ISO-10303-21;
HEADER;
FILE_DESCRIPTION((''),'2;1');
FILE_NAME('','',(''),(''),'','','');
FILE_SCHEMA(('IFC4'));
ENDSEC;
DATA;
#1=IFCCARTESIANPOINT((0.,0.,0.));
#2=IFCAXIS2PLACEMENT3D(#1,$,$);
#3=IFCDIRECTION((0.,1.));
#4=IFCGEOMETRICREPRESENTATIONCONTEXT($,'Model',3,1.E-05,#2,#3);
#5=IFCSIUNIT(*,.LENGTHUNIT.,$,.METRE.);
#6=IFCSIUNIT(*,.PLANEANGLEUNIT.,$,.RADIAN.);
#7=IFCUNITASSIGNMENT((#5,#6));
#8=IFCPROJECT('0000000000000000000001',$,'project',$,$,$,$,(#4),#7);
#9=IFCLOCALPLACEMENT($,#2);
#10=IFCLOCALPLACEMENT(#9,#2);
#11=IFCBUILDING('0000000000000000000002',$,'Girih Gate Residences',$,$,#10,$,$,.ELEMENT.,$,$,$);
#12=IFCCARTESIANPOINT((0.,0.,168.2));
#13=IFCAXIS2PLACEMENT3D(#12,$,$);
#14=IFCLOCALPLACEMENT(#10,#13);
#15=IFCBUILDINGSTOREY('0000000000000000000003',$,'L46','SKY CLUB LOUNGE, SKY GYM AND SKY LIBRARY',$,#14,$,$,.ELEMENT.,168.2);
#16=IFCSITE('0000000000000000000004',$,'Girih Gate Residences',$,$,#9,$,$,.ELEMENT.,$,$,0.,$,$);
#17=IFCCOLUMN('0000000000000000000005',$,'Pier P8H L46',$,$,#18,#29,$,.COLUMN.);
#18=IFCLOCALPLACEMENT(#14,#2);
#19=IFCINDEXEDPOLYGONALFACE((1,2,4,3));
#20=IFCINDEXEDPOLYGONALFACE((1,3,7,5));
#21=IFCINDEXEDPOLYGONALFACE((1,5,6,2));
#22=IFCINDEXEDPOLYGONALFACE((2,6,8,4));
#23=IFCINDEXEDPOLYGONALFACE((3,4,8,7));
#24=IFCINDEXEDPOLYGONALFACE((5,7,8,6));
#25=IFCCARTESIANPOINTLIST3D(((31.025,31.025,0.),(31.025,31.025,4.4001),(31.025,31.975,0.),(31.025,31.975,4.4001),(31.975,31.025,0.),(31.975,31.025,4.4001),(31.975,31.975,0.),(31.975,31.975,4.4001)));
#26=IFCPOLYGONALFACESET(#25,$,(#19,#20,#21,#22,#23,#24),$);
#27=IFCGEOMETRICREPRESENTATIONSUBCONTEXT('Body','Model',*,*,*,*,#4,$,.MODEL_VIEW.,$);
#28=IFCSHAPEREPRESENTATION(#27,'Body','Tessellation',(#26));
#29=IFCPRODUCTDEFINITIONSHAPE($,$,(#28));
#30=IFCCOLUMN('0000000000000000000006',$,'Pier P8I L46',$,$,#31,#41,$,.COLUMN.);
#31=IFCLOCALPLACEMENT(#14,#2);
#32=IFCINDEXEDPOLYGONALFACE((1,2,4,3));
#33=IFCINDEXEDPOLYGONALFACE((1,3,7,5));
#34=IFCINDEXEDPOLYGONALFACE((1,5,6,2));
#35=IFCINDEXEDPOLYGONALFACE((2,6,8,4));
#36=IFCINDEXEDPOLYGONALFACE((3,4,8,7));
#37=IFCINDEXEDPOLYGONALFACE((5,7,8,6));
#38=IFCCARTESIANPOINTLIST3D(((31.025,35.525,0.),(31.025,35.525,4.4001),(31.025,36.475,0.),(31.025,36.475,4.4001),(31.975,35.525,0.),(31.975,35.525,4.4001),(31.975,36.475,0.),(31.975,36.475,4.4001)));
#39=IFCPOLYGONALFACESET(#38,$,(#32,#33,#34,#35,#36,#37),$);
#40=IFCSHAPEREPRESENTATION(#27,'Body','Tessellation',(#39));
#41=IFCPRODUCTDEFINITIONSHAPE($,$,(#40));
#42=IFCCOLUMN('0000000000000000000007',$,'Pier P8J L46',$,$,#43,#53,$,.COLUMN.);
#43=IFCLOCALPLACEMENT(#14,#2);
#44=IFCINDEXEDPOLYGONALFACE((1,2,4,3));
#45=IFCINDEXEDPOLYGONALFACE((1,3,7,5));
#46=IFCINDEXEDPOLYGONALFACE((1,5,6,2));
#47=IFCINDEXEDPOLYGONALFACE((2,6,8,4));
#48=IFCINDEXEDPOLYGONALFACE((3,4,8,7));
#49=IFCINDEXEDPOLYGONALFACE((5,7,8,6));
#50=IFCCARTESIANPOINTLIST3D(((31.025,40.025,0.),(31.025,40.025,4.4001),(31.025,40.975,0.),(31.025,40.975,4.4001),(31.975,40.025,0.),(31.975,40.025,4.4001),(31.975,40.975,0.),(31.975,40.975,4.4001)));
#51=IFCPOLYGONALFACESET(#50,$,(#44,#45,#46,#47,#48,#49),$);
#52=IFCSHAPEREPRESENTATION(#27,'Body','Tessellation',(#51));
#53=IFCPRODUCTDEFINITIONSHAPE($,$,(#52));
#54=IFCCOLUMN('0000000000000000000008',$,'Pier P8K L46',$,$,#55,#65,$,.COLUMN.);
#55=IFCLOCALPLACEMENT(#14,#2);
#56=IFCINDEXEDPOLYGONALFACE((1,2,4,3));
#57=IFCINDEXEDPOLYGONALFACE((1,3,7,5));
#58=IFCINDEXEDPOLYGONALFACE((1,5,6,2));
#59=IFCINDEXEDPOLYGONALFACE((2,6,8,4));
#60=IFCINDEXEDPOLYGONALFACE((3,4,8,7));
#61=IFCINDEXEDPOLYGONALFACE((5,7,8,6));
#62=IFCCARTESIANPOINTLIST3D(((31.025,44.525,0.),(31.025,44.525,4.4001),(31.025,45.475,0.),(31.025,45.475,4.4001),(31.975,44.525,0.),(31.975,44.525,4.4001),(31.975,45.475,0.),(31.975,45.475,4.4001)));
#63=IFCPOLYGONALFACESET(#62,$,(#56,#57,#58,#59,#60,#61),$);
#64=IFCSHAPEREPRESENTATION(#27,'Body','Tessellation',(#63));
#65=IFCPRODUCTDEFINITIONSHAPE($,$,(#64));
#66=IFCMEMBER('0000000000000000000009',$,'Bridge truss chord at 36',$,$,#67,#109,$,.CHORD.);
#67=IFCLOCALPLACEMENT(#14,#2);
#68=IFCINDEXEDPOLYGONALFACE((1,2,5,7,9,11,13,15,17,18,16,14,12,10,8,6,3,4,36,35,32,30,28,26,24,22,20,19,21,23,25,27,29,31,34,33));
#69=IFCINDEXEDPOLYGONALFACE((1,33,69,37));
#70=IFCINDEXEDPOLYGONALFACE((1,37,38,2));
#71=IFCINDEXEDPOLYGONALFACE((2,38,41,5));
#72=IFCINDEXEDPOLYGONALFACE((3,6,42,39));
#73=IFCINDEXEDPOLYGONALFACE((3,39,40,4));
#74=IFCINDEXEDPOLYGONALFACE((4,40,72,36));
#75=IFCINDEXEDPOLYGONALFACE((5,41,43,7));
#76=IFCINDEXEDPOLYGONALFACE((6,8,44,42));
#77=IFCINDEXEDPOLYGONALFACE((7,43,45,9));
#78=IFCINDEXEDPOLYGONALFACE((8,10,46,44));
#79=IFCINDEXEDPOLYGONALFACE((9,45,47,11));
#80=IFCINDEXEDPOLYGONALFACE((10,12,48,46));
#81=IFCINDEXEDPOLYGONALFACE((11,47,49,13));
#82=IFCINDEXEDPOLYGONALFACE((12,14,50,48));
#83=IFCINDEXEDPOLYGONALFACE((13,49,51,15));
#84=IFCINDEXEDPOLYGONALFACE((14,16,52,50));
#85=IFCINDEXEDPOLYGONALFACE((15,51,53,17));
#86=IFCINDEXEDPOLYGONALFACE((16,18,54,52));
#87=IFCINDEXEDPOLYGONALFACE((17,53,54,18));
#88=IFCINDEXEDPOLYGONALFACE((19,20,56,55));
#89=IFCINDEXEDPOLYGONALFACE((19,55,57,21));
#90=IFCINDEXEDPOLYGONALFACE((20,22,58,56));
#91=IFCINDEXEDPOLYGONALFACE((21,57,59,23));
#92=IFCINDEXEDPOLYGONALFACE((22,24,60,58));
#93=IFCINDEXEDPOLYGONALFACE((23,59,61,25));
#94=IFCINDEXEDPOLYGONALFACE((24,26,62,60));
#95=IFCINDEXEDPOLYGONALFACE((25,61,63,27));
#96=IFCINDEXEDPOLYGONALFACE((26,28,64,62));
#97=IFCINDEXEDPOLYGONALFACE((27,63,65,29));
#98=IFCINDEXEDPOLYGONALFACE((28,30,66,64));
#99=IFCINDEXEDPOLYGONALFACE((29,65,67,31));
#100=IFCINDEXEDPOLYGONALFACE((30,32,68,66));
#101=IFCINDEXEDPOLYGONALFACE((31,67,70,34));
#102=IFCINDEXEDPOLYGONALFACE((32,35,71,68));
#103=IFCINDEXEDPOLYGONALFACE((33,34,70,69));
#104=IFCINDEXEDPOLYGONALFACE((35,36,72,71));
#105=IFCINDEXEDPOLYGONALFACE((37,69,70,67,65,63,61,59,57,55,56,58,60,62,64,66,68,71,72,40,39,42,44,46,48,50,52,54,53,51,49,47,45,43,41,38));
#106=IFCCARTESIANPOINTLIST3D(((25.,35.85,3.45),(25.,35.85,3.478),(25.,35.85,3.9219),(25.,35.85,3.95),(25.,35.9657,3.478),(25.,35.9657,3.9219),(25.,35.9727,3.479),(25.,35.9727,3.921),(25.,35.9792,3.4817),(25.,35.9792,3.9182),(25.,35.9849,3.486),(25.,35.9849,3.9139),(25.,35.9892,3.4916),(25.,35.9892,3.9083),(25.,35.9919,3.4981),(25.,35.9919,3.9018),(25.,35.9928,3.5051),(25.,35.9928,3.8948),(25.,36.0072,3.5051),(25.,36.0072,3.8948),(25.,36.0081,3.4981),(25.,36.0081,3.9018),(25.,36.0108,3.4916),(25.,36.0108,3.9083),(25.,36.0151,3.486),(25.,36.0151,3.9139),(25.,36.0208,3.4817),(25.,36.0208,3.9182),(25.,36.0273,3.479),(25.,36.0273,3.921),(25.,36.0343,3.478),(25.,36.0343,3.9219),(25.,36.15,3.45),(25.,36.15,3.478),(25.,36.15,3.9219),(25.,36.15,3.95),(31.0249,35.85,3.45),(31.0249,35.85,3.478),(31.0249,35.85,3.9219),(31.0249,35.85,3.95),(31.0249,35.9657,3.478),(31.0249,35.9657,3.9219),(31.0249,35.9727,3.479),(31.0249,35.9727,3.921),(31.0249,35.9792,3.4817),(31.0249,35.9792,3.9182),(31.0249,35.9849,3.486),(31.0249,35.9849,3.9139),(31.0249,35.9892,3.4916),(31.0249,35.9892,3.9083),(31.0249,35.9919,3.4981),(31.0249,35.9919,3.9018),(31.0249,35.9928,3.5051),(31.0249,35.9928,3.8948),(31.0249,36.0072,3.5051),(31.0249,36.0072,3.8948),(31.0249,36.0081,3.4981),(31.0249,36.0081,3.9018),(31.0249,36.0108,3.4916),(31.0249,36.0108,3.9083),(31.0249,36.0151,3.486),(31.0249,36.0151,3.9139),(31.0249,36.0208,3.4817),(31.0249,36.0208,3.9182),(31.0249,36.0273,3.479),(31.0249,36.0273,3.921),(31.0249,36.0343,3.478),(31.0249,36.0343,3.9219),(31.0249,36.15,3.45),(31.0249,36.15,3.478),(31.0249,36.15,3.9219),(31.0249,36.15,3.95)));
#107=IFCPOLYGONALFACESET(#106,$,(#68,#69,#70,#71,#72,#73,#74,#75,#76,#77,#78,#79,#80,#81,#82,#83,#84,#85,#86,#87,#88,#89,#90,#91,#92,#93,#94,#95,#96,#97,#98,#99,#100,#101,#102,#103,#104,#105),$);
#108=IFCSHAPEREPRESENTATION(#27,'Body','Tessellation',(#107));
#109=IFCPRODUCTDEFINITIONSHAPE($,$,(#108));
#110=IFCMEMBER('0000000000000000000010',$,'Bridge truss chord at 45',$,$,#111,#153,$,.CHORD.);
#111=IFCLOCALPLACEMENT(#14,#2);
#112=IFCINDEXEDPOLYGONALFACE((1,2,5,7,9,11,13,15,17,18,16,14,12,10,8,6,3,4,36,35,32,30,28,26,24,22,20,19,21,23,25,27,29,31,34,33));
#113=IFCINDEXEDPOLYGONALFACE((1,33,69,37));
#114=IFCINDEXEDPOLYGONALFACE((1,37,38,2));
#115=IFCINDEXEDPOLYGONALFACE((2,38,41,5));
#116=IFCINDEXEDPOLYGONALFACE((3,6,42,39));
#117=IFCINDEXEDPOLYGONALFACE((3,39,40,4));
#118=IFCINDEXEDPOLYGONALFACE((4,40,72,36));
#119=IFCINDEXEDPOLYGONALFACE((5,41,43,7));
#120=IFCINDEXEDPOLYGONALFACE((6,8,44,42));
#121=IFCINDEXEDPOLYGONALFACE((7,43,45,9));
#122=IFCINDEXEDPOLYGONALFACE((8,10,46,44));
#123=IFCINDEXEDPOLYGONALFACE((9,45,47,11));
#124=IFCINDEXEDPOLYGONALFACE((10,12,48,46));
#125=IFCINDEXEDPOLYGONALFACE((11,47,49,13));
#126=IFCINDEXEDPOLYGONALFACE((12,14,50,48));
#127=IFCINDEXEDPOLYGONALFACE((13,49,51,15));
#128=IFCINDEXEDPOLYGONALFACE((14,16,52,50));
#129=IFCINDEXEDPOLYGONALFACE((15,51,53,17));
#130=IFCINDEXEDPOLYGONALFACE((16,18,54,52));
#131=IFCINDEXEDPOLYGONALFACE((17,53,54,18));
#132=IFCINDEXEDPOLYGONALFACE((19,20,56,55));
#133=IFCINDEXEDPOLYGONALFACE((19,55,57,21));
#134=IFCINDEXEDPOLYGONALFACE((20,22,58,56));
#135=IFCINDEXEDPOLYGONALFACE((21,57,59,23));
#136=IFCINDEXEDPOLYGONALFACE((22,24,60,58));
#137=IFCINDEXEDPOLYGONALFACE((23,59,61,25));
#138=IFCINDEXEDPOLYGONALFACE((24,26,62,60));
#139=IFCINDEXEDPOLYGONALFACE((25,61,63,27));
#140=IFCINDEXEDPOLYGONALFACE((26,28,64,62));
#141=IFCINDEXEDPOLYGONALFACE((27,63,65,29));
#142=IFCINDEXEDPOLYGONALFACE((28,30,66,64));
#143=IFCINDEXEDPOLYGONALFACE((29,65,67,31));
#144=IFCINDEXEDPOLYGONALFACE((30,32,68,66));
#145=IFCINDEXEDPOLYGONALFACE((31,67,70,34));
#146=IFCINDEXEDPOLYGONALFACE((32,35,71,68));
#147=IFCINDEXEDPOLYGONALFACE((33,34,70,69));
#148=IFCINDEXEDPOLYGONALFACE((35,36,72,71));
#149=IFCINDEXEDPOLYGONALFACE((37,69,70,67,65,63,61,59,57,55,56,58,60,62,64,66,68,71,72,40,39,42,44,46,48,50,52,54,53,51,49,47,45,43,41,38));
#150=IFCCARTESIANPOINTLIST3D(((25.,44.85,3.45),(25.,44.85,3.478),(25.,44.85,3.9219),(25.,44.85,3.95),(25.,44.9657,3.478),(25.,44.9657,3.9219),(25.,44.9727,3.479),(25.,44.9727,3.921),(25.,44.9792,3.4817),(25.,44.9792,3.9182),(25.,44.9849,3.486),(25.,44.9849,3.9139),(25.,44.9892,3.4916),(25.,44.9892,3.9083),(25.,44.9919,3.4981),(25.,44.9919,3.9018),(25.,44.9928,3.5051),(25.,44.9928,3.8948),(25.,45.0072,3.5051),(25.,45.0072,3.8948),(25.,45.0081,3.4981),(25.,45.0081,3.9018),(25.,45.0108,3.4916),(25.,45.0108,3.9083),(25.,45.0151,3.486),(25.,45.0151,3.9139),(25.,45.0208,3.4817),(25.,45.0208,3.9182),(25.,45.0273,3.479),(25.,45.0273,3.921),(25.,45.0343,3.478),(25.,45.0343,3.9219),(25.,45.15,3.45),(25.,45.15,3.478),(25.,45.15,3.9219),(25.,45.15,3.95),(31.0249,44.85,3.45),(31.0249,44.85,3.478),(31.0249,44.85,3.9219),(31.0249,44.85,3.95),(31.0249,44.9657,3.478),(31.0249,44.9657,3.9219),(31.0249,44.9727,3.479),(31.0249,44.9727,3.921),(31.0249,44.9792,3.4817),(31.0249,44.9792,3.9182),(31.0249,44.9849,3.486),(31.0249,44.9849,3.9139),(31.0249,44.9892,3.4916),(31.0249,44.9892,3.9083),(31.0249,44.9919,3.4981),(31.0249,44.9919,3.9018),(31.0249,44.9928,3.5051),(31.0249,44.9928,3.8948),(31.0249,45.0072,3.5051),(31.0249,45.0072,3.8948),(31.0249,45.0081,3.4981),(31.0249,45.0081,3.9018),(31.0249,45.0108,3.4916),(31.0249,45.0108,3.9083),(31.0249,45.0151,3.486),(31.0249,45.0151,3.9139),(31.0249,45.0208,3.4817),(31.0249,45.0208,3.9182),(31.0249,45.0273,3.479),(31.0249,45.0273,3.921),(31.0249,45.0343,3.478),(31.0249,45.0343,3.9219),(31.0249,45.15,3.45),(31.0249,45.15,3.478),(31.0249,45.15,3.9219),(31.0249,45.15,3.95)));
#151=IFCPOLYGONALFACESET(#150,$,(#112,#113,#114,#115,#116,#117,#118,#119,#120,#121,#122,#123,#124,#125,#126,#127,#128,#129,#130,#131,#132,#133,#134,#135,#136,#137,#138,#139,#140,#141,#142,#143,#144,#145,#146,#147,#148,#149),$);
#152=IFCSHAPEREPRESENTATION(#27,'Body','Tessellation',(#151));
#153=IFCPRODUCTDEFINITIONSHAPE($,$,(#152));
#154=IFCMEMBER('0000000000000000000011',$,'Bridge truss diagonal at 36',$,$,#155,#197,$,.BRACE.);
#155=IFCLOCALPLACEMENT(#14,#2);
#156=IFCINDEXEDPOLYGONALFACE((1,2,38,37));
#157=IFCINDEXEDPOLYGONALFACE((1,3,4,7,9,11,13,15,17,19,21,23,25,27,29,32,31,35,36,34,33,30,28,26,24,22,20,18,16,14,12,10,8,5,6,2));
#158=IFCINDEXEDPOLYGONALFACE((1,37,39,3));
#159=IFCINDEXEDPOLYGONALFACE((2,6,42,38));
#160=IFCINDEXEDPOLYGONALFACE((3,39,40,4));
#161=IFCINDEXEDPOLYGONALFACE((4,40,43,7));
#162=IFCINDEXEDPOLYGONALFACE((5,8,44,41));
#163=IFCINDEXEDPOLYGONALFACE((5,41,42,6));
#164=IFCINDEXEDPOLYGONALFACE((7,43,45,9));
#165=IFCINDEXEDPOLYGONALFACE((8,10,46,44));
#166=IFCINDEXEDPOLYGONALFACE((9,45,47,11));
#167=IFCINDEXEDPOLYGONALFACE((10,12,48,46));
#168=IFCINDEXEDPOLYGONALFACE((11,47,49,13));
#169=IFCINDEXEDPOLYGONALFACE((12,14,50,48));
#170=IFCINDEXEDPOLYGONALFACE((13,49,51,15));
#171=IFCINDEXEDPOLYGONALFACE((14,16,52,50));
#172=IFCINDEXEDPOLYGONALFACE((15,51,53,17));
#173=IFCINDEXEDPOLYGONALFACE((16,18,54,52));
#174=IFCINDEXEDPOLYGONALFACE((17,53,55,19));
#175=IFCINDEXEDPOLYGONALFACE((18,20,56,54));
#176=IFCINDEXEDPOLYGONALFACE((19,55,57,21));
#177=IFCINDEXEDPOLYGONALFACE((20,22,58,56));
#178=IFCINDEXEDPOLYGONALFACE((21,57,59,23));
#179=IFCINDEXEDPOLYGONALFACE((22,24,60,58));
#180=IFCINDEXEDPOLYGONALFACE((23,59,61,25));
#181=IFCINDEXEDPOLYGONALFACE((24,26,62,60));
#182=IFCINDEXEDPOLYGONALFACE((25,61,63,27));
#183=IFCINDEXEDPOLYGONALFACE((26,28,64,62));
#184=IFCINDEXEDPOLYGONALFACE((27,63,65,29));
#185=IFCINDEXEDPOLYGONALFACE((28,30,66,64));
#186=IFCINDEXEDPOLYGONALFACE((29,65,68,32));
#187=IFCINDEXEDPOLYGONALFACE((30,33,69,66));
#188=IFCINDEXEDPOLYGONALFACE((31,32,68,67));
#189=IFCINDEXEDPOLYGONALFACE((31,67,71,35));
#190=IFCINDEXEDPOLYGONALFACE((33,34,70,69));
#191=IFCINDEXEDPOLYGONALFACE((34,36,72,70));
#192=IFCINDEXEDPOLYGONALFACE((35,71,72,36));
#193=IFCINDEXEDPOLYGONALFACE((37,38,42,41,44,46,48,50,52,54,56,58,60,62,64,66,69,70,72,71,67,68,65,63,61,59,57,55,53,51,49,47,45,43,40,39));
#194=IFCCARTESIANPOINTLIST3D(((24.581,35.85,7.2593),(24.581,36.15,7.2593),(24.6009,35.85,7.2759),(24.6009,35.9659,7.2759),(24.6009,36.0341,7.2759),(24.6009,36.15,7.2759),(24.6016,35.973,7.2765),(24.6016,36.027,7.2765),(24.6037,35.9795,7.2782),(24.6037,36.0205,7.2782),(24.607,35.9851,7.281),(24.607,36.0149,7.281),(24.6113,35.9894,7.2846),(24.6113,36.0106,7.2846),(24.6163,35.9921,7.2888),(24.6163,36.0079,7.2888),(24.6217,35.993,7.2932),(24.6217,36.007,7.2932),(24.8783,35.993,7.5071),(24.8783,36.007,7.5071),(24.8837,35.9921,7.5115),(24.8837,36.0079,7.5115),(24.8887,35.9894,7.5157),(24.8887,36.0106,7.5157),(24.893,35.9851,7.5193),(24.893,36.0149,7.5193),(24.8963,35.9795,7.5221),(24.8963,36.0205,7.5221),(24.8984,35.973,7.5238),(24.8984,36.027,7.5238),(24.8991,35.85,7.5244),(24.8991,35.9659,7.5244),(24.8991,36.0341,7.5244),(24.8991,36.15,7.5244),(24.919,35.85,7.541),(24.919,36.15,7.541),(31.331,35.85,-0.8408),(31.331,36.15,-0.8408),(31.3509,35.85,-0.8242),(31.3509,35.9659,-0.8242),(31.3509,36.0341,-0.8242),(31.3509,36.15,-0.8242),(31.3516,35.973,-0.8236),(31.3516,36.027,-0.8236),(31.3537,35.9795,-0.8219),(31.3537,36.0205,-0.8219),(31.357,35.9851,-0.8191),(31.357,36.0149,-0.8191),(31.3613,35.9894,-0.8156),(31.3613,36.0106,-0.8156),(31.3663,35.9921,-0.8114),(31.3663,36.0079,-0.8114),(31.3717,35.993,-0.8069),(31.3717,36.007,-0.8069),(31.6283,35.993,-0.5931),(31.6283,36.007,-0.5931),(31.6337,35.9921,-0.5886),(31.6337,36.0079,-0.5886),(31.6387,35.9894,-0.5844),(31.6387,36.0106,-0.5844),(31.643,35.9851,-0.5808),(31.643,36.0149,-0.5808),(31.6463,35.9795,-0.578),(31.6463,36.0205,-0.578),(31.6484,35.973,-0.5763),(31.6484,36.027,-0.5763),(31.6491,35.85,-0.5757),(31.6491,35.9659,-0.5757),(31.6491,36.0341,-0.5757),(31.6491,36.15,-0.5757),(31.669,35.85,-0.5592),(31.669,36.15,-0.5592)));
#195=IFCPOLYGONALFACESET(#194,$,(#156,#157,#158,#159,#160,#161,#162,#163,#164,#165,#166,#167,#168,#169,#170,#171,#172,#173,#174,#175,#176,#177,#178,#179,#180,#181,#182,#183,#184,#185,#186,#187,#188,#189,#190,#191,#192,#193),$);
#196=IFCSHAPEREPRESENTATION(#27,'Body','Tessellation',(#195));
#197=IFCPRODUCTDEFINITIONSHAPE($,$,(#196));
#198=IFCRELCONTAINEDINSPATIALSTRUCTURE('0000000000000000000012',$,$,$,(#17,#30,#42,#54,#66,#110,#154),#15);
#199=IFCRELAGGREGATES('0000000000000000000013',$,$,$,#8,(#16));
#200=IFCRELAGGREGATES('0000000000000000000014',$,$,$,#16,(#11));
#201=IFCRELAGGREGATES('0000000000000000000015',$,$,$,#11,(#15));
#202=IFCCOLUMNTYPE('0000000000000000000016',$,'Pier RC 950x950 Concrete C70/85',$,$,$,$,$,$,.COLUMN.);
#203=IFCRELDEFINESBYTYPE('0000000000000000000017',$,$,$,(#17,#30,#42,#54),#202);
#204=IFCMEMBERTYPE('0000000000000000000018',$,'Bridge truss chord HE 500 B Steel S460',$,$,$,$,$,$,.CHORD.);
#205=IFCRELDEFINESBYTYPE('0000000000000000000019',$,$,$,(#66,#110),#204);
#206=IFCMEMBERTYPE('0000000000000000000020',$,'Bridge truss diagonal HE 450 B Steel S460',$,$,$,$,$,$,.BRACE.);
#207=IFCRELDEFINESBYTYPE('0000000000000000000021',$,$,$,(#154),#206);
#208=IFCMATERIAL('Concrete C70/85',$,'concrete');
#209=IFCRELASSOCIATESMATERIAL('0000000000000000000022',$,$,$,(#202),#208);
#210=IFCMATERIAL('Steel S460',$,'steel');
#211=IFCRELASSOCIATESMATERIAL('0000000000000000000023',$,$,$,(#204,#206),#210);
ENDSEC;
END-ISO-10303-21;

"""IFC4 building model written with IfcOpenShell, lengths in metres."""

from ifc_helpers import new_model, si_unit, direction, frame, origin, origin_2d, place, context, subcontext, project, spatial, rectangle, i_section, extrude, material, material_profile, profile_set, type_object, element, save


model = new_model("IFC4")

# Units and contexts
model_context = context("Model", 3, precision=1e-05, world=origin(), true_north=direction((0.0, 1.0)))
body_context = subcontext(model_context, "Body", "Model", "MODEL_VIEW")
ifc_project = project(units=[si_unit("LENGTHUNIT", "METRE"), si_unit("PLANEANGLEUNIT", "RADIAN")], contexts=[model_context])

# Site, building, storey
site_placement = place(None, origin())
site = spatial("IfcSite", under=ifc_project, at=site_placement, Name="Girih Gate Residences", CompositionType="ELEMENT", RefElevation=0.0)
building_placement = place(site_placement, origin())
building = spatial("IfcBuilding", under=site, at=building_placement, Name="Girih Gate Residences", CompositionType="ELEMENT")
storey_placement = place(building_placement, frame((0.0, 0.0, 168.2)))
storey = spatial("IfcBuildingStorey", under=building, at=storey_placement, Name="L46", Description="SKY CLUB LOUNGE, SKY GYM AND SKY LIBRARY", CompositionType="ELEMENT", Elevation=168.2)

# Columns
ifc_material_1 = material(Name="Concrete C70/85", Category="concrete")
ifc_material_profile_1 = material_profile(ifc_material_1, rectangle(XDim=0.95, YDim=0.95, at=origin_2d()))
ifc_profile_set_1 = profile_set([ifc_material_profile_1], Name="Concrete C70/85")
column_type = type_object("IfcColumnType", Name="Pier RC 950x950 Concrete C70/85", PredefinedType="COLUMN", material=ifc_profile_set_1)
for number, where, z_axis, x_axis, name in (
    (1, (31.5, 31.5, 0.0), (0.0, 0.0, 1.0), (1.0, 0.0, 0.0), "Pier P8H L46"),
    (2, (31.5, 36.0, 0.0), (0.0, 0.0, 1.0), (1.0, 0.0, 0.0), "Pier P8I L46"),
    (3, (31.5, 40.5, 0.0), (0.0, 0.0, 1.0), (1.0, 0.0, 0.0), "Pier P8J L46"),
    (4, (31.5, 45.0, 0.0), (0.0, 0.0, 1.0), (1.0, 0.0, 0.0), "Pier P8K L46"),
):
    element("IfcColumn", number, at=place(storey_placement, frame(where, z_axis=z_axis, x_axis=x_axis)), inside=storey, type_object=column_type, Name=name, PredefinedType="COLUMN", context=body_context, shape_type="SweptSolid", body=[
        extrude(rectangle(XDim=0.95, YDim=0.95, at=origin_2d()), origin(), (0.0, 0.0, 1.0), 4.4001),
    ])

# Members
ifc_material_2 = material(Name="Steel S460", Category="steel")
ifc_material_profile_2 = material_profile(ifc_material_2, i_section(OverallWidth=0.3, OverallDepth=0.5, WebThickness=0.0144, FlangeThickness=0.0281, FilletRadius=0.0271, at=origin_2d()))
ifc_profile_set_2 = profile_set([ifc_material_profile_2], Name="Steel S460")
member_type_1 = type_object("IfcMemberType", Name="Bridge truss chord HE 500 B Steel S460", PredefinedType="CHORD", material=ifc_profile_set_2)
for number, where, z_axis, x_axis, name in (
    (5, (25.0, 36.0, 3.7), (1.0, 0.0, 0.0), (0.0, 1.0, 0.0), "Bridge truss chord at 36"),
    (6, (25.0, 45.0, 3.7), (1.0, 0.0, 0.0), (0.0, 1.0, 0.0), "Bridge truss chord at 45"),
):
    element("IfcMember", number, at=place(storey_placement, frame(where, z_axis=z_axis, x_axis=x_axis)), inside=storey, type_object=member_type_1, Name=name, PredefinedType="CHORD", context=body_context, shape_type="SweptSolid", body=[
        extrude(i_section(OverallWidth=0.3, OverallDepth=0.5, WebThickness=0.0144, FlangeThickness=0.0281, FilletRadius=0.0271, at=origin_2d()), origin(), (0.0, 0.0, 1.0), 6.0249),
    ])
ifc_material_profile_3 = material_profile(ifc_material_2, i_section(OverallWidth=0.3, OverallDepth=0.4399, WebThickness=0.0139, FlangeThickness=0.0259, FilletRadius=0.0271, at=origin_2d()))
ifc_profile_set_3 = profile_set([ifc_material_profile_3], Name="Steel S460")
member_type_2 = type_object("IfcMemberType", Name="Bridge truss diagonal HE 450 B Steel S460", PredefinedType="BRACE", material=ifc_profile_set_3)
for number, where, z_axis, x_axis, name in (
    (7, (24.75, 36.0, 7.4001), (0.64018, 0.0, -0.768225), (0.0, 1.0, 0.0), "Bridge truss diagonal at 36"),
):
    element("IfcMember", number, at=place(storey_placement, frame(where, z_axis=z_axis, x_axis=x_axis)), inside=storey, type_object=member_type_2, Name=name, PredefinedType="BRACE", context=body_context, shape_type="SweptSolid", body=[
        extrude(i_section(OverallWidth=0.3, OverallDepth=0.4399, WebThickness=0.0139, FlangeThickness=0.0259, FilletRadius=0.0271, at=origin_2d()), origin(), (0.0, 0.0, 1.0), 10.5439),
    ])

save(model, "model.ifc")
